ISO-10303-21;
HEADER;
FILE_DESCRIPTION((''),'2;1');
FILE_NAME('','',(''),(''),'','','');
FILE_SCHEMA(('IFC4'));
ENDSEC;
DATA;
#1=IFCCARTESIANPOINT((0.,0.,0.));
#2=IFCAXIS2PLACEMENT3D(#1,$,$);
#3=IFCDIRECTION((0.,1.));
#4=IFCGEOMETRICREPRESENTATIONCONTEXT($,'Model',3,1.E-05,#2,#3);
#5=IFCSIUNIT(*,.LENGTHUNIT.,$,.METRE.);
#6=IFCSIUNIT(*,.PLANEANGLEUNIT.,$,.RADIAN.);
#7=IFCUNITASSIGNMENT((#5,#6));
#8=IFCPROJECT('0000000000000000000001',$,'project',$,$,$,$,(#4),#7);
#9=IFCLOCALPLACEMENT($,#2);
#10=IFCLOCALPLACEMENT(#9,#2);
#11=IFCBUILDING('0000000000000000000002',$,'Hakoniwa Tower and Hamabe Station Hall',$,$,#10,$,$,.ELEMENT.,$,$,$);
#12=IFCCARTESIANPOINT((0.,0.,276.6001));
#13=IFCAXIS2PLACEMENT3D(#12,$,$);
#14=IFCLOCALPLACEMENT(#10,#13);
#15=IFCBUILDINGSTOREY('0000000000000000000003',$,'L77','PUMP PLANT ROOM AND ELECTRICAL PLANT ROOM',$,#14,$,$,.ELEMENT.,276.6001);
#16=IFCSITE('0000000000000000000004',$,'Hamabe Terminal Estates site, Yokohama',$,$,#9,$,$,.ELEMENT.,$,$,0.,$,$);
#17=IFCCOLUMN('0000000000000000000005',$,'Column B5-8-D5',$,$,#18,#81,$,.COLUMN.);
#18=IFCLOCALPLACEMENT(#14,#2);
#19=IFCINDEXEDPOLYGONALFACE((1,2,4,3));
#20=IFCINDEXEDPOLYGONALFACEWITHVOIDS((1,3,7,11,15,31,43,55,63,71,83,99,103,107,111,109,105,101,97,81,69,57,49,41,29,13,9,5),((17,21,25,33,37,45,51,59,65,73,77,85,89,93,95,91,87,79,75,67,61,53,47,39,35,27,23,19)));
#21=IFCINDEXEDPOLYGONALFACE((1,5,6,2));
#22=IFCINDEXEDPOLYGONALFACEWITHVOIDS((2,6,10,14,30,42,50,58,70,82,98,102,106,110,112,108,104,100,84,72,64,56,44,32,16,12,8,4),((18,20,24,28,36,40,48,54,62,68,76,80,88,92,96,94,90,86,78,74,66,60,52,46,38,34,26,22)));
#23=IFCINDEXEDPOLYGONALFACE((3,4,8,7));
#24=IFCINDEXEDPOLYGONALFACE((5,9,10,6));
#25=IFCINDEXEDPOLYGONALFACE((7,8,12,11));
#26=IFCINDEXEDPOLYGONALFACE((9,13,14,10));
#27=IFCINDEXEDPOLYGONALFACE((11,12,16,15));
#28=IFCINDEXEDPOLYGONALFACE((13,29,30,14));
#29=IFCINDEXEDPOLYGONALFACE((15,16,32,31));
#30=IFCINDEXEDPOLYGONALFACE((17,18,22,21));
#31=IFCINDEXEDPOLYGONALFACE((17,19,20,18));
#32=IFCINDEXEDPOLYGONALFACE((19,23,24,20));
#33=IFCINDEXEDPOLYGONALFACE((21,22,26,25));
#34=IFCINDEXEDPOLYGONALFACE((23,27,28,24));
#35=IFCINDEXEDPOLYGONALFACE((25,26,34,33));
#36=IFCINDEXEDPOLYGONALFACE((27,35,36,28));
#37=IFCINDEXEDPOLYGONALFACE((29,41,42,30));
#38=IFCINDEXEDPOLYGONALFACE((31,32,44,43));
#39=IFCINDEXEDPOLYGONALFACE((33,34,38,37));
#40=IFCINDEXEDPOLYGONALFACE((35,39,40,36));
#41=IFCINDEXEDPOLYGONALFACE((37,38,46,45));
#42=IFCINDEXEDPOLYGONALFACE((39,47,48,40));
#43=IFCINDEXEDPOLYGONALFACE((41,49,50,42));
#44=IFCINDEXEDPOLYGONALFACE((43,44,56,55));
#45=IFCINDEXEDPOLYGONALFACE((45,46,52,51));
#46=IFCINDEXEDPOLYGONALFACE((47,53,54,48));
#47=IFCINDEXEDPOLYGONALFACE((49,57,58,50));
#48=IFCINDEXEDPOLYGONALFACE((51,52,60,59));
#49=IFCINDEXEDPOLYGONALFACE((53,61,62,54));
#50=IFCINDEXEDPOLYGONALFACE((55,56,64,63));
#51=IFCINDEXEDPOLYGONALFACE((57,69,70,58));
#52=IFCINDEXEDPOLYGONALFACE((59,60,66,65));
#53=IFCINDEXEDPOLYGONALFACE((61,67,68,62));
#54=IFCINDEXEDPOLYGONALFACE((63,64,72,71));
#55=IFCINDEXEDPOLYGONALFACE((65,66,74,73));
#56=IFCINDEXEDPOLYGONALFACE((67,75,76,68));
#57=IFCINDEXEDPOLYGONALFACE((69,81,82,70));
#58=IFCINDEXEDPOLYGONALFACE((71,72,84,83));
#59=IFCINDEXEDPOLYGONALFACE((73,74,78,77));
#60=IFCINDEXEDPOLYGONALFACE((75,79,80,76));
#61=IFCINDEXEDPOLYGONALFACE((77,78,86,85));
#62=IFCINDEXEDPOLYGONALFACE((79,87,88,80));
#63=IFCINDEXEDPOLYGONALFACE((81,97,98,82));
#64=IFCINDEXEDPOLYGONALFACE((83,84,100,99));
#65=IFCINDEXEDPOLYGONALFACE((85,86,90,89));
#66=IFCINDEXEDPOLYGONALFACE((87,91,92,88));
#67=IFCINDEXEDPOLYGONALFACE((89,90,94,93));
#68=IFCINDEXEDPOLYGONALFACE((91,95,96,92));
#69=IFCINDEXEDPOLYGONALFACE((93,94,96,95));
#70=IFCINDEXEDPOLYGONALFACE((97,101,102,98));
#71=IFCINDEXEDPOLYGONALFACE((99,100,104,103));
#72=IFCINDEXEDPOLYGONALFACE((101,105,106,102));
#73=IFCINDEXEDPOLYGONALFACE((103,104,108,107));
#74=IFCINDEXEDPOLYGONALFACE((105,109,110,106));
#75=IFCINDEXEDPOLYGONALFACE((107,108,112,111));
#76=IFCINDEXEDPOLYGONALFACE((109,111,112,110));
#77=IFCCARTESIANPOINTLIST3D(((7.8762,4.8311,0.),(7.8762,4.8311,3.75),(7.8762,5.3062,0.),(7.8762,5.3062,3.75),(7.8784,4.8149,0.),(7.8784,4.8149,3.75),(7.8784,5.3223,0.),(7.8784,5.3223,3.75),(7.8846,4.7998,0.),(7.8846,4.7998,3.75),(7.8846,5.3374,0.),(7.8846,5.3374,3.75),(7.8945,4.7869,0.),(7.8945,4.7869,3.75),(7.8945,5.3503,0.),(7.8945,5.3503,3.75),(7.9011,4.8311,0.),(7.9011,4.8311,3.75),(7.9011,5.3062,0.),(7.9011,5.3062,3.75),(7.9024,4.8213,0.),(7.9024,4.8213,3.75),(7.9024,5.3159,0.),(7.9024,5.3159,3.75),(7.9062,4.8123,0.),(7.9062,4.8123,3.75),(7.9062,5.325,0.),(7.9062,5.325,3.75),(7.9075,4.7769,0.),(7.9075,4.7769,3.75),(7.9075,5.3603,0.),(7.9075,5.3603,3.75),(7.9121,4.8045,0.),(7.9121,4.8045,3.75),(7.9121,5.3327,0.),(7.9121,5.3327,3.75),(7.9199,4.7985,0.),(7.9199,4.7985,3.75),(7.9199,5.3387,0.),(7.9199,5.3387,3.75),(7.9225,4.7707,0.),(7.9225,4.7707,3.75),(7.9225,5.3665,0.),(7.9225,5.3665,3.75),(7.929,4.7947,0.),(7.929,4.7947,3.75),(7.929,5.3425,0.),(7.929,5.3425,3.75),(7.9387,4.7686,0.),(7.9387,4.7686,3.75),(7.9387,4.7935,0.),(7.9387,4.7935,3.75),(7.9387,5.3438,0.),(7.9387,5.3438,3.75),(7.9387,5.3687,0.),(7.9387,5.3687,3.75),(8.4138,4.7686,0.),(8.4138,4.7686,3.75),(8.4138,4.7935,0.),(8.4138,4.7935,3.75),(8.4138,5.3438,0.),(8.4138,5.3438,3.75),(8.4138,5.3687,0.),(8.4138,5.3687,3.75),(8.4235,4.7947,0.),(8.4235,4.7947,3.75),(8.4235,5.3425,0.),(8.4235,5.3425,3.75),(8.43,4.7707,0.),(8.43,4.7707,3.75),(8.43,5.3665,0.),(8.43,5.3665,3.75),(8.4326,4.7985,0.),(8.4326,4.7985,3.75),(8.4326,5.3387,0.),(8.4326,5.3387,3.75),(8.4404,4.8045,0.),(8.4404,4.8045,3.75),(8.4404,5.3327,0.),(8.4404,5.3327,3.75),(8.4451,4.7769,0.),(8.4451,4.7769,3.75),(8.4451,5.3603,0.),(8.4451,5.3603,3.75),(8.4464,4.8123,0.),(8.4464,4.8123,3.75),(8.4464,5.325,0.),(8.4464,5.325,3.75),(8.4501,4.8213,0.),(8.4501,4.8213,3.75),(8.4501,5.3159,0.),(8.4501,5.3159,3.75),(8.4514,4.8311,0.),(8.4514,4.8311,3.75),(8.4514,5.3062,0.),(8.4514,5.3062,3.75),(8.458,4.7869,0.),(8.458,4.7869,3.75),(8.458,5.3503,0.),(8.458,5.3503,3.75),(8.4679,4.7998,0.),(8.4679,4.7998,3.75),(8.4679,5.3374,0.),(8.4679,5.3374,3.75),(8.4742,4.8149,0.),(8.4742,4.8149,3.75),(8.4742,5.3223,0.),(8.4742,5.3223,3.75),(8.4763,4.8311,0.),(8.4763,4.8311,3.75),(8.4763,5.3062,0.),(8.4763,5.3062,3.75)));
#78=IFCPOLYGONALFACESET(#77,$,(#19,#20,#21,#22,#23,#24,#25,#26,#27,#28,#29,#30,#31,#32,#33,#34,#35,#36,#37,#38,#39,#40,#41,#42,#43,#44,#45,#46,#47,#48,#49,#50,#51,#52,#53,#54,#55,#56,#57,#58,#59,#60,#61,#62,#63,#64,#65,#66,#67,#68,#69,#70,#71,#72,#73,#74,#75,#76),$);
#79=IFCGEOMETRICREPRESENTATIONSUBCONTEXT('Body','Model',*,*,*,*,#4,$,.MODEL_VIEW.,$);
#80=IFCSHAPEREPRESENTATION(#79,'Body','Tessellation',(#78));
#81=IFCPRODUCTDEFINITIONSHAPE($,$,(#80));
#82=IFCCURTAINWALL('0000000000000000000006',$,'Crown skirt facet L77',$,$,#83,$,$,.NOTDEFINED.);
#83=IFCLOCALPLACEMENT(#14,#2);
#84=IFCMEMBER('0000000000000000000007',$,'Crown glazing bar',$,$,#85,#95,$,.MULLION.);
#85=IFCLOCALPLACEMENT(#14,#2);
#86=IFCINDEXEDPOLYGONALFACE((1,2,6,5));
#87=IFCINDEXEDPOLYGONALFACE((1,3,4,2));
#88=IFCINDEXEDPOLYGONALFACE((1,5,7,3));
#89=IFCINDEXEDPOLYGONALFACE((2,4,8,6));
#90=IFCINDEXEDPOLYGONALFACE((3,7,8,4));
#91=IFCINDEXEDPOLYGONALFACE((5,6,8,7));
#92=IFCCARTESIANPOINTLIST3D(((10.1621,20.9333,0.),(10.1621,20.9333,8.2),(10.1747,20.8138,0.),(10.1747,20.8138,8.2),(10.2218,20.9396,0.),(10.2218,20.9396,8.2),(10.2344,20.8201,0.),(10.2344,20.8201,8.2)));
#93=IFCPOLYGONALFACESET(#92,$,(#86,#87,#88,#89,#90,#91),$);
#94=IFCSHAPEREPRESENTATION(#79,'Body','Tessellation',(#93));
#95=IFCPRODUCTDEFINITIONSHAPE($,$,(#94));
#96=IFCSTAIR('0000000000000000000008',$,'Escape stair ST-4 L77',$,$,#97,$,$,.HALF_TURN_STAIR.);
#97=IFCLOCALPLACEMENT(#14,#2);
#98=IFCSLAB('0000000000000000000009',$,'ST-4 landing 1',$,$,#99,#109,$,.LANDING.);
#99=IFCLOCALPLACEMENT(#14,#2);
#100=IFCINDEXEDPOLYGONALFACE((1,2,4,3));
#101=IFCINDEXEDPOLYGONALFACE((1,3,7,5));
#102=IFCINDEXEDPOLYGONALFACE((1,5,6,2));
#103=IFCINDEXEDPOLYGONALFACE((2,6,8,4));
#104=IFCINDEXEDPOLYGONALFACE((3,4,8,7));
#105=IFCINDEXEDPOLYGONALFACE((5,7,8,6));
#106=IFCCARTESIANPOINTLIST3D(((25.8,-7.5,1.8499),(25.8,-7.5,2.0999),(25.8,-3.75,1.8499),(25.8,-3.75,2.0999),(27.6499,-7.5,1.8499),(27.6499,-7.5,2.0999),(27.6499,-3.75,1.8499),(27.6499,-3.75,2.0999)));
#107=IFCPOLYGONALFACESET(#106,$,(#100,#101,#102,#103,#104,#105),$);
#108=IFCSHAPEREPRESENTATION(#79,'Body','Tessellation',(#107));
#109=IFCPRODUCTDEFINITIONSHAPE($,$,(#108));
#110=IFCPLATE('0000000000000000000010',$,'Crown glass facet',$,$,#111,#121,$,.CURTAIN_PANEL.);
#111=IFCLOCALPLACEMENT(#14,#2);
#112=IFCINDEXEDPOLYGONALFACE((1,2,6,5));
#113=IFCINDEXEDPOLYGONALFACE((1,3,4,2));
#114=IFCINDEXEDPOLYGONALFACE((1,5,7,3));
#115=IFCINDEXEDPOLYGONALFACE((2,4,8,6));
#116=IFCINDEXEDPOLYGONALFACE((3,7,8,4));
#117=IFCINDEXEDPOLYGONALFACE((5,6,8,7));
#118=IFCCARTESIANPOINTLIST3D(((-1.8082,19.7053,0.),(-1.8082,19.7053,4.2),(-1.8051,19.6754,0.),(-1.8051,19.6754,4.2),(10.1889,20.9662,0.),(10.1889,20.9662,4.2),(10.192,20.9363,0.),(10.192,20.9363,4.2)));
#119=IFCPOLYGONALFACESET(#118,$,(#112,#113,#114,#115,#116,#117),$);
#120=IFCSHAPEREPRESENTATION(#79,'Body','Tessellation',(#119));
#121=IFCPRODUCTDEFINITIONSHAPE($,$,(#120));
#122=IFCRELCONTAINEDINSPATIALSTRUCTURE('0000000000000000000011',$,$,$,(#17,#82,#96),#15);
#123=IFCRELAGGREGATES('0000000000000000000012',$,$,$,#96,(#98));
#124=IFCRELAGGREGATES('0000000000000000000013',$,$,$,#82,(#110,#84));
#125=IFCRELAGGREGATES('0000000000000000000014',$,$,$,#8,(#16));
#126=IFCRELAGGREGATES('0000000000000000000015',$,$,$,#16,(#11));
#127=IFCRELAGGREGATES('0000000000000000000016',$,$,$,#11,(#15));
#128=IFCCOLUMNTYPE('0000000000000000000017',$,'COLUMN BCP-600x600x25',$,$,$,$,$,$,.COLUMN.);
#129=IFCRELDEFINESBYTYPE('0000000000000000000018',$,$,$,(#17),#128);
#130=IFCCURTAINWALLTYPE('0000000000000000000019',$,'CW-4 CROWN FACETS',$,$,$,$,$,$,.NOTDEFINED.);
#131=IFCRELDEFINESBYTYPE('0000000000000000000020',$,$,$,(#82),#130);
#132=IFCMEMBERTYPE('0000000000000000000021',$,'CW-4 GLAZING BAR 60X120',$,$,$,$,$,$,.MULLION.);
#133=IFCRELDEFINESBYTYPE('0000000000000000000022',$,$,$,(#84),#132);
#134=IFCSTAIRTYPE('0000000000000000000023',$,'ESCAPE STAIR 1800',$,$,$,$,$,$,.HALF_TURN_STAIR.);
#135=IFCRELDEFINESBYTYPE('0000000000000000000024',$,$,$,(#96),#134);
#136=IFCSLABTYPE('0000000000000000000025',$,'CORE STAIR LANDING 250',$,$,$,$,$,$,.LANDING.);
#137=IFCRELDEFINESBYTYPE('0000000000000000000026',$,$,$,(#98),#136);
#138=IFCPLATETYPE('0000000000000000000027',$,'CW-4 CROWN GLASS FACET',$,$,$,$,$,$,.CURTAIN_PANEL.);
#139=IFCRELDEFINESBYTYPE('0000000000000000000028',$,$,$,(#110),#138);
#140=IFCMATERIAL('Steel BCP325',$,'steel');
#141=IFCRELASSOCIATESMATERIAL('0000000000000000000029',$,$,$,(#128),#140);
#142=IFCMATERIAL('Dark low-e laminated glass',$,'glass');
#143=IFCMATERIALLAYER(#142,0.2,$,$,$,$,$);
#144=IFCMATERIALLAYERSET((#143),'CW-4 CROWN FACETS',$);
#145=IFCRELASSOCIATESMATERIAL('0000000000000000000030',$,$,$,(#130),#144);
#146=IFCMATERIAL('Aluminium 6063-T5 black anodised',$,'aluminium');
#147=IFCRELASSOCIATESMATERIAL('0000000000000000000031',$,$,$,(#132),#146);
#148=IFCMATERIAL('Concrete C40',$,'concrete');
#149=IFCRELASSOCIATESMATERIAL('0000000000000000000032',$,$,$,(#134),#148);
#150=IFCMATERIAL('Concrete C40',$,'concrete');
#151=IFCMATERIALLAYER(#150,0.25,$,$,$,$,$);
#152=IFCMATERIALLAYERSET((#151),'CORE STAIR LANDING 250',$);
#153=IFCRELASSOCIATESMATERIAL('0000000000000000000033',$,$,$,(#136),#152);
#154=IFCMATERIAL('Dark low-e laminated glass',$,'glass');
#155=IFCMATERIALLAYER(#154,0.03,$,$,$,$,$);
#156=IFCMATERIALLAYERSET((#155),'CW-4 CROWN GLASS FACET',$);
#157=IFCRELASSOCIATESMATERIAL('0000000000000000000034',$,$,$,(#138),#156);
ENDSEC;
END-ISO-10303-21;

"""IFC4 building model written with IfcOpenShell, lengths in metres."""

from ifc_helpers import new_model, si_unit, direction, frame, origin, origin_2d, place, context, subcontext, project, spatial, polyline, rectangle, hollow_rectangle, outline, extrude, material, layer, layer_set, material_profile, profile_set, type_object, element, aggregate, save


model = new_model("IFC4")

# Units and contexts
model_context = context("Model", 3, precision=1e-05, world=origin(), true_north=direction((0.0, 1.0)))
body_context = subcontext(model_context, "Body", "Model", "MODEL_VIEW")
ifc_project = project(units=[si_unit("LENGTHUNIT", "METRE"), si_unit("PLANEANGLEUNIT", "RADIAN")], contexts=[model_context])

# Site, building, storey
site_placement = place(None, origin())
site = spatial("IfcSite", under=ifc_project, at=site_placement, Name="Hamabe Terminal Estates site, Yokohama", CompositionType="ELEMENT", RefElevation=0.0)
building_placement = place(site_placement, origin())
building = spatial("IfcBuilding", under=site, at=building_placement, Name="Hakoniwa Tower and Hamabe Station Hall", CompositionType="ELEMENT")
storey_placement = place(building_placement, frame((0.0, 0.0, 276.6001)))
storey = spatial("IfcBuildingStorey", under=building, at=storey_placement, Name="L77", Description="PUMP PLANT ROOM AND ELECTRICAL PLANT ROOM", CompositionType="ELEMENT", Elevation=276.6001)

# Column
ifc_material_1 = material(Name="Steel BCP325", Category="steel")
ifc_material_profile_1 = material_profile(ifc_material_1, hollow_rectangle(XDim=0.6001, YDim=0.6001, WallThickness=0.0249, InnerFilletRadius=0.0376, OuterFilletRadius=0.0625, at=origin_2d()), Name="BCP-600x600x25")
ifc_profile_set_1 = profile_set([ifc_material_profile_1], Name="Steel BCP325")
column_type_1 = type_object("IfcColumnType", Name="COLUMN BCP-600x600x25", PredefinedType="COLUMN", material=ifc_profile_set_1)
for number, where, z_axis, x_axis, name in (
    (1, (8.1763, 5.0686, 0.0), (0.0, 0.0, 1.0), (1.0, 0.0, 0.0), "Column B5-8-D5"),
):
    element("IfcColumn", number, at=place(storey_placement, frame(where, z_axis=z_axis, x_axis=x_axis)), inside=storey, type_object=column_type_1, Name=name, PredefinedType="COLUMN", context=body_context, shape_type="SweptSolid", body=[
        extrude(hollow_rectangle(XDim=0.6001, YDim=0.6001, WallThickness=0.0249, InnerFilletRadius=0.0376, OuterFilletRadius=0.0625, at=origin_2d()), origin(), (0.0, 0.0, 1.0), 3.75),
    ])

# Curtain wall, member
ifc_material_2 = material(Name="Dark low-e laminated glass", Category="glass")
ifc_layer_1 = layer(ifc_material_2, 0.2)
ifc_layer_set_1 = layer_set([ifc_layer_1], Name="CW-4 CROWN FACETS")
curtain_wall_type = type_object("IfcCurtainWallType", Name="CW-4 CROWN FACETS", PredefinedType="NOTDEFINED", material=ifc_layer_set_1)
curtain_wall_placement = place(storey_placement, origin())
curtain_wall = element("IfcCurtainWall", 2, at=curtain_wall_placement, inside=storey, type_object=curtain_wall_type, Name="Crown skirt facet L77", PredefinedType="NOTDEFINED")
ifc_material_3 = material(Name="Aluminium 6063-T5 black anodised", Category="aluminium")
ifc_material_profile_2 = material_profile(ifc_material_3, rectangle(XDim=0.0601, YDim=0.1201, at=origin_2d()), Name="CW-4 GLAZING BAR 60X120")
ifc_profile_set_2 = profile_set([ifc_material_profile_2], Name="Aluminium 6063-T5 black anodised")
member_type = type_object("IfcMemberType", Name="CW-4 GLAZING BAR 60X120", PredefinedType="MULLION", material=ifc_profile_set_2)
member_placement = place(storey_placement, frame((10.1982, 20.8767, 0.0), z_axis=(0.0, 0.0, 1.0), x_axis=(0.994522, 0.104528, 0.0)))
member = element("IfcMember", 3, at=member_placement, type_object=member_type, Name="Crown glazing bar", PredefinedType="MULLION", context=body_context, shape_type="SweptSolid", body=[
    extrude(rectangle(XDim=0.0601, YDim=0.1201, at=origin_2d()), origin(), (0.0, 0.0, 1.0), 8.2),
])

# Stair, slab
ifc_material_4 = material(Name="Concrete C40", Category="concrete")
stair_type = type_object("IfcStairType", Name="ESCAPE STAIR 1800", PredefinedType="HALF_TURN_STAIR", material=ifc_material_4)
stair_placement = place(storey_placement, origin())
stair = element("IfcStair", 4, at=stair_placement, inside=storey, type_object=stair_type, Name="Escape stair ST-4 L77", PredefinedType="HALF_TURN_STAIR")
ifc_material_5 = material(Name="Concrete C40", Category="concrete")
ifc_layer_2 = layer(ifc_material_5, 0.25)
ifc_layer_set_2 = layer_set([ifc_layer_2], Name="CORE STAIR LANDING 250")
slab_type = type_object("IfcSlabType", Name="CORE STAIR LANDING 250", PredefinedType="LANDING", material=ifc_layer_set_2)
slab_placement = place(storey_placement, frame((0.0, 0.0, 1.8499)))
slab = element("IfcSlab", 5, at=slab_placement, type_object=slab_type, Name="ST-4 landing 1", PredefinedType="LANDING", context=body_context, shape_type="SweptSolid", body=[
    extrude(outline(polyline([(25.8, -7.5), (27.6499, -7.5), (27.6499, -3.75), (25.8, -3.75), (25.8, -7.5)])), origin(), (0.0, 0.0, 1.0), 0.25),
])
aggregate(stair, [slab])

# Plate
ifc_material_6 = material(Name="Dark low-e laminated glass", Category="glass")
ifc_layer_3 = layer(ifc_material_6, 0.03)
ifc_layer_set_3 = layer_set([ifc_layer_3], Name="CW-4 CROWN GLASS FACET")
plate_type = type_object("IfcPlateType", Name="CW-4 CROWN GLASS FACET", PredefinedType="CURTAIN_PANEL", material=ifc_layer_set_3)
plate_placement = place(storey_placement, frame((4.1919, 20.3208, 0.0), z_axis=(0.0, 0.0, 1.0), x_axis=(-0.994522, -0.104528, 0.0)))
plate = element("IfcPlate", 6, at=plate_placement, type_object=plate_type, Name="Crown glass facet", PredefinedType="CURTAIN_PANEL", context=body_context, shape_type="SweptSolid", body=[
    extrude(rectangle(XDim=12.0632, YDim=0.03, at=origin_2d()), origin(), (0.0, 0.0, 1.0), 4.2),
])
aggregate(curtain_wall, [plate, member])

save(model, "model.ifc")
